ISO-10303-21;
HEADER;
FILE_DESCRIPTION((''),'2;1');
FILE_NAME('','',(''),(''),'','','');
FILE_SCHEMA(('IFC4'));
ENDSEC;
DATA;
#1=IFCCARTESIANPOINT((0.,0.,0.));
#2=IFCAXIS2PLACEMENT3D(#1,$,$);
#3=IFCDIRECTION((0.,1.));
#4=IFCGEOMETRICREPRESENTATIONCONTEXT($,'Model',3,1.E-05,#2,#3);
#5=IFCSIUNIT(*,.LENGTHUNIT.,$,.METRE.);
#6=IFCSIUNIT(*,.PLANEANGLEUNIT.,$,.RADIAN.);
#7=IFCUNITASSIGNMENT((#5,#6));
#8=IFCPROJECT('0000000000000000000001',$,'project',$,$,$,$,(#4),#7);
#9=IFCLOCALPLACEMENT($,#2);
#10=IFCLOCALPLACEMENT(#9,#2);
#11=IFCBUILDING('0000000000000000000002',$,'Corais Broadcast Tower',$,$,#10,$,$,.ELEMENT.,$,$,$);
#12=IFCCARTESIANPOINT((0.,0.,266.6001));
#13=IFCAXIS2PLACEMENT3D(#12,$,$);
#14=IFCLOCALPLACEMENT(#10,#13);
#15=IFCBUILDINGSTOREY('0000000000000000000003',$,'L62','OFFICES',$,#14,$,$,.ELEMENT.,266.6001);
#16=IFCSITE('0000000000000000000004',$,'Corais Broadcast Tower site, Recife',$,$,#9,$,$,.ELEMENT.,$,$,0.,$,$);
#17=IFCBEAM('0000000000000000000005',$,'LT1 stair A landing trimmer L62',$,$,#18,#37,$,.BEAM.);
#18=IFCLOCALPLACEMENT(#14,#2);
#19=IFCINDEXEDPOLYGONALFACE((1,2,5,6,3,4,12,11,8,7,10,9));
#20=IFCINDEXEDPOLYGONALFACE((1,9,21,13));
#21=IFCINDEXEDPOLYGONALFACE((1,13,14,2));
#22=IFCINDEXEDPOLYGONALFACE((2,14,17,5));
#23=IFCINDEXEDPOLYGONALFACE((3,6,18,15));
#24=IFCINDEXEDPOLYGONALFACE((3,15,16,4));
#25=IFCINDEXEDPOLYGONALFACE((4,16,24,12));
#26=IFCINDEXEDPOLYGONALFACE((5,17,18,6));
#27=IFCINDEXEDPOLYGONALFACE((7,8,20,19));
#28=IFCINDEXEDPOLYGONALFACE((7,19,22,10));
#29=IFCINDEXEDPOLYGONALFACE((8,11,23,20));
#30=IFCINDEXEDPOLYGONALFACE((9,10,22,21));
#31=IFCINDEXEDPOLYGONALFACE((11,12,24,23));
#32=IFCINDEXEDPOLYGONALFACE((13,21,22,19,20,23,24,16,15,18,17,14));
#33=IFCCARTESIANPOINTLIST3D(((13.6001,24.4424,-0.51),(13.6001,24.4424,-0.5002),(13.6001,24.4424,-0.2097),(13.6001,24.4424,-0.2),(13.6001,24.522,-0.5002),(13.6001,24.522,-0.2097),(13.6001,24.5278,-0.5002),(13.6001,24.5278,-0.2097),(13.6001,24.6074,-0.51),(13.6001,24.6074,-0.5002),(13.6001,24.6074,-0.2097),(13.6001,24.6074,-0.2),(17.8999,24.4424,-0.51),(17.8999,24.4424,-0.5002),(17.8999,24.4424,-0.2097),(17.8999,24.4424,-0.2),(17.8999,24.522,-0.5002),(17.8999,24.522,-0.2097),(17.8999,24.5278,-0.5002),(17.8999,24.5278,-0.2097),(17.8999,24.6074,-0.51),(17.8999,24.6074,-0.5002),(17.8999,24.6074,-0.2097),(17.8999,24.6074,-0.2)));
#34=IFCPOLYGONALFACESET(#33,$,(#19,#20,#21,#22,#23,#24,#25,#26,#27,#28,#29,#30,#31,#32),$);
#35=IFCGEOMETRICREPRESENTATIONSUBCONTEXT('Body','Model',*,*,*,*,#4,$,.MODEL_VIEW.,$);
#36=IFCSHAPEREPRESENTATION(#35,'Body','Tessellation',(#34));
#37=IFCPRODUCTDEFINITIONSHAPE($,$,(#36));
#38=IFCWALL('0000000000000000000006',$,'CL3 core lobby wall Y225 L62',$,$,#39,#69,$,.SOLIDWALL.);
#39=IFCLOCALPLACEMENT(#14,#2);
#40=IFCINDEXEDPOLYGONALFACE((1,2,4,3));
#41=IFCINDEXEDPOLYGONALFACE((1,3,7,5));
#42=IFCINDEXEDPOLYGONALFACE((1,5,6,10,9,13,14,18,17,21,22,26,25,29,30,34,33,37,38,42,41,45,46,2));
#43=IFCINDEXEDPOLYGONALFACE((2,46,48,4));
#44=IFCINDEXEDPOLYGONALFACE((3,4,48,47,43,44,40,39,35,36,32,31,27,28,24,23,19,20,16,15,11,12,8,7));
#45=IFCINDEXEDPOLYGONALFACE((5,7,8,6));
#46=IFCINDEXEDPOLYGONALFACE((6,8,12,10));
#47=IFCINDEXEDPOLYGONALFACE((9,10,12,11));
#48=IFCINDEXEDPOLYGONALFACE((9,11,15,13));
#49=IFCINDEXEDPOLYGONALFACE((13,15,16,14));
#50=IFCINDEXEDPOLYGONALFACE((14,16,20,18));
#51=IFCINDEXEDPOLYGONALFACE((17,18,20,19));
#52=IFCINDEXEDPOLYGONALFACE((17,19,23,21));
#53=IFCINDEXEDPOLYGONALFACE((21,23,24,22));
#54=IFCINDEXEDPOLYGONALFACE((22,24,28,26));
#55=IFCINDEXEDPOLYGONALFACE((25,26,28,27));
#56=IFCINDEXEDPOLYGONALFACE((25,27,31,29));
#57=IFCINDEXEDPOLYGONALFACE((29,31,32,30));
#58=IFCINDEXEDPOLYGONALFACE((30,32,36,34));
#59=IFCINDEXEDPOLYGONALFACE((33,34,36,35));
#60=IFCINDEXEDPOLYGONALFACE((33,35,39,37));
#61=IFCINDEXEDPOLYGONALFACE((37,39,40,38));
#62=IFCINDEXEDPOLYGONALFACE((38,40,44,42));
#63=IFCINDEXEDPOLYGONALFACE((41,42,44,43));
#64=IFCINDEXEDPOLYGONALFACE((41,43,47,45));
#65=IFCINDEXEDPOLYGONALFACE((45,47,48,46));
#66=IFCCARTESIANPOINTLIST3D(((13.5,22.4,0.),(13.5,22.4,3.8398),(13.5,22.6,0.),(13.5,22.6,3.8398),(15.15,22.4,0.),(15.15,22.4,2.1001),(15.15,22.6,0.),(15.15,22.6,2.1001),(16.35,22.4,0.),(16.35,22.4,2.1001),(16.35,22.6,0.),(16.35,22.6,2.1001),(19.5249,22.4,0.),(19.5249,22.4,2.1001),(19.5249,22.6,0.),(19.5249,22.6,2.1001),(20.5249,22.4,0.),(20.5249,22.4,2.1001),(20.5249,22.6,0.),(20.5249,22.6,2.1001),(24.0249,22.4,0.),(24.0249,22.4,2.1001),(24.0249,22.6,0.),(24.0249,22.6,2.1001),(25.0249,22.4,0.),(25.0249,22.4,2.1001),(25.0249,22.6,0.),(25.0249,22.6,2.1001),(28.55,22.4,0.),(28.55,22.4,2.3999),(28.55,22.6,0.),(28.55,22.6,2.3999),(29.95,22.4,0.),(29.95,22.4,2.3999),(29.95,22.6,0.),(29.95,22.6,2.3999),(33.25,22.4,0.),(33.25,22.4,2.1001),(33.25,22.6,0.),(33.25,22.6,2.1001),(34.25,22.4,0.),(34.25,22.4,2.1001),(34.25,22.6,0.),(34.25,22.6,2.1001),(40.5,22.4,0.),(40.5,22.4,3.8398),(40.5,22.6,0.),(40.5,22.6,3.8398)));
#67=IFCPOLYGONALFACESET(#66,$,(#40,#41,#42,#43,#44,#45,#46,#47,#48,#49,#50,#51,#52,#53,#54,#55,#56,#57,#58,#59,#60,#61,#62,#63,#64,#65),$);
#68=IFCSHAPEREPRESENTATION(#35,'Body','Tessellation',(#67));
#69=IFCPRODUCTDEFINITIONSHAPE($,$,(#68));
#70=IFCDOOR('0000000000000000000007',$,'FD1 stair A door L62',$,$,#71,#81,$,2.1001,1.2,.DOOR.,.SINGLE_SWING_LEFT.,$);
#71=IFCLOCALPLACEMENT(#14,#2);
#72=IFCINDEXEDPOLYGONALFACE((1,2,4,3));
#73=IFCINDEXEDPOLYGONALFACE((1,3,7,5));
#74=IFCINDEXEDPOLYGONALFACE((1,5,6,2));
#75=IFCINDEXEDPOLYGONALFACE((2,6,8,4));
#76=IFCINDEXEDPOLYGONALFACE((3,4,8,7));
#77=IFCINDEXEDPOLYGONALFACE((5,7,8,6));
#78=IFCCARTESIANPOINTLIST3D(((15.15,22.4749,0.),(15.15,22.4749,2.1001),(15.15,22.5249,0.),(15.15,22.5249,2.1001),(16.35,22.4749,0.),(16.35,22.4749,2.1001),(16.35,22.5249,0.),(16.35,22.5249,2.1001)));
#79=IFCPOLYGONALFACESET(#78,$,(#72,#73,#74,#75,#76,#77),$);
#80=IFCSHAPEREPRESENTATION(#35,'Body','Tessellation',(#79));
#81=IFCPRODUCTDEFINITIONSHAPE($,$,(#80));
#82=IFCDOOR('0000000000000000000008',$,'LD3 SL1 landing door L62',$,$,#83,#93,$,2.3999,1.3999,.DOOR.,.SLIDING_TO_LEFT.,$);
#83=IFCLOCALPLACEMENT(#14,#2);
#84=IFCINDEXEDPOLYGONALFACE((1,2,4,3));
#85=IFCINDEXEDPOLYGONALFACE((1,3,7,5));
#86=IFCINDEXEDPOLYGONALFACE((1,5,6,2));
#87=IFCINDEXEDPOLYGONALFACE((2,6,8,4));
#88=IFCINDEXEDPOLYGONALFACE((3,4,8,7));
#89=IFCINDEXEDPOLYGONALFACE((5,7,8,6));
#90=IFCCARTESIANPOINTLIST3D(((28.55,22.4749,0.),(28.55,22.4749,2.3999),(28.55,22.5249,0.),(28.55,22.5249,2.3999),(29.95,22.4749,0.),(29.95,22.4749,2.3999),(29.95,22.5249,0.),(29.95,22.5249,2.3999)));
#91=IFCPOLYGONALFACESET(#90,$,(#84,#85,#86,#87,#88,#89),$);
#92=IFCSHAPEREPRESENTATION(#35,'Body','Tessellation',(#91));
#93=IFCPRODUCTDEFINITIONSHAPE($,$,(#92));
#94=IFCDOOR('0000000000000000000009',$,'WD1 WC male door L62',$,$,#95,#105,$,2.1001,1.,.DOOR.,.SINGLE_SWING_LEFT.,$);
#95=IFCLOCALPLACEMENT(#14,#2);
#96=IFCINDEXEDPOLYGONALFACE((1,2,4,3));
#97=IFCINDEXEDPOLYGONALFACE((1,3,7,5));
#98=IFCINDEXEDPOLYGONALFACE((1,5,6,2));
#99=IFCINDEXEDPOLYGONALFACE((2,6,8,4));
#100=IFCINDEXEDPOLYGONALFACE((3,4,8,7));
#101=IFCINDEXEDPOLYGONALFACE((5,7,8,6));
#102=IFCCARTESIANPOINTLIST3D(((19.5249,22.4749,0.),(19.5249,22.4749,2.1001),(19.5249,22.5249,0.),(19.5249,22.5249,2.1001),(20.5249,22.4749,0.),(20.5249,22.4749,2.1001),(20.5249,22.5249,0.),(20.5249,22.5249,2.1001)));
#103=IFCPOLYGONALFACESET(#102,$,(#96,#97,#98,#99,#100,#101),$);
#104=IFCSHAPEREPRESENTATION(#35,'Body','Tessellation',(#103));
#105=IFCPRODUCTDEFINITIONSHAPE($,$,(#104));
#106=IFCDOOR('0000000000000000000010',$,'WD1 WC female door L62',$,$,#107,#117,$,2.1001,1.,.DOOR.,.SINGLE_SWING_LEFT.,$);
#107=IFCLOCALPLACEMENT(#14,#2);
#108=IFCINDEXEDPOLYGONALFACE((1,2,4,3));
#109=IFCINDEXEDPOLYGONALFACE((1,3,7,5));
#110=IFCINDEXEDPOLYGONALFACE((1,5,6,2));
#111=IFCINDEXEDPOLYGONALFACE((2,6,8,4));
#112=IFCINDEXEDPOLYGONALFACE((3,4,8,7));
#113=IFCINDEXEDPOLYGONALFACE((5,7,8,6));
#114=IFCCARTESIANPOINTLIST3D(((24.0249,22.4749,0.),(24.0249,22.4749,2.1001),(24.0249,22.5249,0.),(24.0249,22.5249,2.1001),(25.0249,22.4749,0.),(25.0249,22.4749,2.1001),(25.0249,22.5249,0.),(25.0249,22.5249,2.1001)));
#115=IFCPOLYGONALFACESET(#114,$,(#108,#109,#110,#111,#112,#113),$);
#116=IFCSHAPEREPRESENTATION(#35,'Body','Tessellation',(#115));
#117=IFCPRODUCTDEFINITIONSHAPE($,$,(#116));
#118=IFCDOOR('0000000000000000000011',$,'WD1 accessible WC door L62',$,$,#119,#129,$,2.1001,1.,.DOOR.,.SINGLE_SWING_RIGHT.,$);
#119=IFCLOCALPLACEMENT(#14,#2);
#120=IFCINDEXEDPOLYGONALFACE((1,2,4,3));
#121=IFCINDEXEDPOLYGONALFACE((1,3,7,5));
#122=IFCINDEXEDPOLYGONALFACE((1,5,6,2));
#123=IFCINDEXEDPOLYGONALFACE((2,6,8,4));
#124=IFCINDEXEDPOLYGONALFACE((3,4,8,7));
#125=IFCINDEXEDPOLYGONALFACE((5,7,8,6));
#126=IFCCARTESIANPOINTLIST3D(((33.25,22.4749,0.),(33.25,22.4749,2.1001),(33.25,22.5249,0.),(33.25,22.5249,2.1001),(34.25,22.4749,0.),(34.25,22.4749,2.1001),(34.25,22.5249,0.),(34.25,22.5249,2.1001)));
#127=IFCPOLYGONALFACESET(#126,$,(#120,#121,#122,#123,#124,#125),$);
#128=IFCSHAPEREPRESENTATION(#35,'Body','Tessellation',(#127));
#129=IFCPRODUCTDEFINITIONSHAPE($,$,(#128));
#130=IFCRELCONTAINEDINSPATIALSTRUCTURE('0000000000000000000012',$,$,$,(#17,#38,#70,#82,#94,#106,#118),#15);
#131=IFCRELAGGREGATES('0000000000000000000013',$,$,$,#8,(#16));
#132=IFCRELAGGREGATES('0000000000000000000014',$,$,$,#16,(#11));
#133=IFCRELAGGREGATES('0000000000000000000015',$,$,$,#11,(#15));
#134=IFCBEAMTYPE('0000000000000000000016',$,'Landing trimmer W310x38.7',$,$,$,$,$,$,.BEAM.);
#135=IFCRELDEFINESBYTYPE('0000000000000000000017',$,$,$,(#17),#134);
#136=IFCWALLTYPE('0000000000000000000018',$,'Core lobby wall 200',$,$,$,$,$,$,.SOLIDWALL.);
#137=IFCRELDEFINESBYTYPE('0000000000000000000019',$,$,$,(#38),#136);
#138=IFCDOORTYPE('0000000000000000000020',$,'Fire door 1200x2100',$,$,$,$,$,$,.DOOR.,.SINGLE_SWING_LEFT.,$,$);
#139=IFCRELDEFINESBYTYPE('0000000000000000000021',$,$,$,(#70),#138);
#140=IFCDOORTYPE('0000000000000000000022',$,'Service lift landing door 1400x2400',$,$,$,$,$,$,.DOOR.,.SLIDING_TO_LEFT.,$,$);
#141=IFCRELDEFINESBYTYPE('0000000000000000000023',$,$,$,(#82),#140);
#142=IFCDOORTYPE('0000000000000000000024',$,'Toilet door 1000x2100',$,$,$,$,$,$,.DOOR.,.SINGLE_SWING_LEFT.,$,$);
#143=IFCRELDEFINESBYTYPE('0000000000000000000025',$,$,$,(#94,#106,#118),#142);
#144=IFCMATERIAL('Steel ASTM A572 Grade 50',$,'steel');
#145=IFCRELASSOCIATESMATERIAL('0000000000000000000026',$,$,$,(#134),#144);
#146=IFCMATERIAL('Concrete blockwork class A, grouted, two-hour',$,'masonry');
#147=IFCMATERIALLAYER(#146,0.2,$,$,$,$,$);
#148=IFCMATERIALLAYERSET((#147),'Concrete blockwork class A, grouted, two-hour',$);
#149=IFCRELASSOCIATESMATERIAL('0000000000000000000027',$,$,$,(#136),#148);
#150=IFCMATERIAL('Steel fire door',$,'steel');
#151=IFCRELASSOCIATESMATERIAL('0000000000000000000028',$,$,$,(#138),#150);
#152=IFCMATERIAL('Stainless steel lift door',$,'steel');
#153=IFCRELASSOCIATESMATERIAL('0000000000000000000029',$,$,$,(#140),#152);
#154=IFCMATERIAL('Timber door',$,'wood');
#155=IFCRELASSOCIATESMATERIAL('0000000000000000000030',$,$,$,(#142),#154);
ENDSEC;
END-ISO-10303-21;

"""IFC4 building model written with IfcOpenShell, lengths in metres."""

from ifc_helpers import new_model, si_unit, direction, frame, frame_2d, origin, origin_2d, place, context, subcontext, project, spatial, rectangle, i_section, extrude, material, layer, layer_set, material_profile, profile_set, type_object, element, fill, save


model = new_model("IFC4")

# Units and contexts
model_context = context("Model", 3, precision=1e-05, world=origin(), true_north=direction((0.0, 1.0)))
body_context = subcontext(model_context, "Body", "Model", "MODEL_VIEW")
ifc_project = project(units=[si_unit("LENGTHUNIT", "METRE"), si_unit("PLANEANGLEUNIT", "RADIAN")], contexts=[model_context])

# Site, building, storey
site_placement = place(None, origin())
site = spatial("IfcSite", under=ifc_project, at=site_placement, Name="Corais Broadcast Tower site, Recife", CompositionType="ELEMENT", RefElevation=0.0)
building_placement = place(site_placement, origin())
building = spatial("IfcBuilding", under=site, at=building_placement, Name="Corais Broadcast Tower", CompositionType="ELEMENT")
storey_placement = place(building_placement, frame((0.0, 0.0, 266.6001)))
storey = spatial("IfcBuildingStorey", under=building, at=storey_placement, Name="L62", Description="OFFICES", CompositionType="ELEMENT", Elevation=266.6001)

# Beam
ifc_material_1 = material(Name="Steel ASTM A572 Grade 50", Category="steel")
ifc_material_profile = material_profile(ifc_material_1, i_section(OverallWidth=0.165, OverallDepth=0.3101, WebThickness=0.0059, FlangeThickness=0.0098, at=origin_2d()), Name="W310x38.7")
ifc_profile_set = profile_set([ifc_material_profile], Name="Steel ASTM A572 Grade 50")
beam_type = type_object("IfcBeamType", Name="Landing trimmer W310x38.7", PredefinedType="BEAM", material=ifc_profile_set)
beam_placement = place(storey_placement, frame((13.6001, 24.5249, -0.355), z_axis=(1.0, 0.0, 0.0), x_axis=(0.0, 1.0, 0.0)))
element("IfcBeam", 1, at=beam_placement, inside=storey, type_object=beam_type, Name="LT1 stair A landing trimmer L62", PredefinedType="BEAM", context=body_context, shape_type="SweptSolid", body=[
    extrude(i_section(OverallWidth=0.165, OverallDepth=0.3101, WebThickness=0.0059, FlangeThickness=0.0098, at=origin_2d()), origin(), (0.0, 0.0, 1.0), 4.2998),
])

# Wall, openings, doors
ifc_material_2 = material(Name="Concrete blockwork class A, grouted, two-hour", Category="masonry")
ifc_layer_1 = layer(ifc_material_2, 0.2)
ifc_layer_set_1 = layer_set([ifc_layer_1], Name="Concrete blockwork class A, grouted, two-hour")
wall_type_1 = type_object("IfcWallType", Name="Core lobby wall 200", PredefinedType="SOLIDWALL", material=ifc_layer_set_1)
wall_1_placement = place(storey_placement, frame((13.5, 22.5, 0.0), z_axis=(0.0, 0.0, 1.0), x_axis=(1.0, 0.0, 0.0)))
wall_1 = element("IfcWall", 2, at=wall_1_placement, inside=storey, type_object=wall_type_1, Name="CL3 core lobby wall Y225 L62", PredefinedType="SOLIDWALL", context=body_context, shape_type="SweptSolid", body=[
    extrude(rectangle(XDim=27.0, YDim=0.2, at=frame_2d((13.5, 0.0))), origin(), (0.0, 0.0, 1.0), 3.8398),
])
opening_1_placement = place(wall_1_placement, frame((1.6499, 0.0, 0.0)))
opening_1 = element("IfcOpeningElement", 3, at=opening_1_placement, cuts=wall_1, PredefinedType="OPENING", context=body_context, shape_type="SweptSolid", body=[
    extrude(rectangle(XDim=1.2, YDim=2.1001, at=frame_2d((0.6001, 1.05))), frame((0.0, 0.1099, 0.0), z_axis=(0.0, -1.0, 0.0), x_axis=(1.0, 0.0, 0.0)), (0.0, 0.0, 1.0), 0.22),
])
opening_2_placement = place(wall_1_placement, frame((6.0249, 0.0, 0.0)))
opening_2 = element("IfcOpeningElement", 4, at=opening_2_placement, cuts=wall_1, PredefinedType="OPENING", context=body_context, shape_type="SweptSolid", body=[
    extrude(rectangle(XDim=1.0, YDim=2.1001, at=frame_2d((0.5, 1.05))), frame((0.0, 0.1099, 0.0), z_axis=(0.0, -1.0, 0.0), x_axis=(1.0, 0.0, 0.0)), (0.0, 0.0, 1.0), 0.22),
])
opening_3_placement = place(wall_1_placement, frame((10.5249, 0.0, 0.0)))
opening_3 = element("IfcOpeningElement", 5, at=opening_3_placement, cuts=wall_1, PredefinedType="OPENING", context=body_context, shape_type="SweptSolid", body=[
    extrude(rectangle(XDim=1.0, YDim=2.1001, at=frame_2d((0.5, 1.05))), frame((0.0, 0.1099, 0.0), z_axis=(0.0, -1.0, 0.0), x_axis=(1.0, 0.0, 0.0)), (0.0, 0.0, 1.0), 0.22),
])
opening_4_placement = place(wall_1_placement, frame((19.75, 0.0, 0.0)))
opening_4 = element("IfcOpeningElement", 6, at=opening_4_placement, cuts=wall_1, PredefinedType="OPENING", context=body_context, shape_type="SweptSolid", body=[
    extrude(rectangle(XDim=1.0, YDim=2.1001, at=frame_2d((0.5, 1.05))), frame((0.0, 0.1099, 0.0), z_axis=(0.0, -1.0, 0.0), x_axis=(1.0, 0.0, 0.0)), (0.0, 0.0, 1.0), 0.22),
])
opening_5_placement = place(wall_1_placement, frame((15.05, 0.0, 0.0)))
opening_5 = element("IfcOpeningElement", 7, at=opening_5_placement, cuts=wall_1, PredefinedType="OPENING", context=body_context, shape_type="SweptSolid", body=[
    extrude(rectangle(XDim=1.3999, YDim=2.3999, at=frame_2d((0.7, 1.2))), frame((0.0, 0.1099, 0.0), z_axis=(0.0, -1.0, 0.0), x_axis=(1.0, 0.0, 0.0)), (0.0, 0.0, 1.0), 0.22),
])
ifc_material_3 = material(Name="Steel fire door", Category="steel")
door_type_1 = type_object("IfcDoorType", Name="Fire door 1200x2100", OperationType="SINGLE_SWING_LEFT", PredefinedType="DOOR", material=ifc_material_3)
door_1_placement = place(opening_1_placement, origin())
door_1 = element("IfcDoor", 8, at=door_1_placement, inside=storey, type_object=door_type_1, Name="FD1 stair A door L62", OperationType="SINGLE_SWING_LEFT", OverallHeight=2.1001, OverallWidth=1.2, PredefinedType="DOOR", context=body_context, shape_type="SweptSolid", body=[
    extrude(rectangle(XDim=1.2, YDim=2.1001, at=frame_2d((0.6001, 1.05))), frame((0.0, 0.0249, 0.0), z_axis=(0.0, -1.0, 0.0), x_axis=(1.0, 0.0, 0.0)), (0.0, 0.0, 1.0), 0.05),
])
fill(opening_1, door_1)
ifc_material_4 = material(Name="Stainless steel lift door", Category="steel")
door_type_2 = type_object("IfcDoorType", Name="Service lift landing door 1400x2400", OperationType="SLIDING_TO_LEFT", PredefinedType="DOOR", material=ifc_material_4)
door_2_placement = place(opening_5_placement, origin())
door_2 = element("IfcDoor", 9, at=door_2_placement, inside=storey, type_object=door_type_2, Name="LD3 SL1 landing door L62", OperationType="SLIDING_TO_LEFT", OverallHeight=2.3999, OverallWidth=1.3999, PredefinedType="DOOR", context=body_context, shape_type="SweptSolid", body=[
    extrude(rectangle(XDim=1.3999, YDim=2.3999, at=frame_2d((0.7, 1.2))), frame((0.0, 0.0249, 0.0), z_axis=(0.0, -1.0, 0.0), x_axis=(1.0, 0.0, 0.0)), (0.0, 0.0, 1.0), 0.05),
])
fill(opening_5, door_2)
ifc_material_5 = material(Name="Timber door", Category="wood")
door_type_3 = type_object("IfcDoorType", Name="Toilet door 1000x2100", OperationType="SINGLE_SWING_LEFT", PredefinedType="DOOR", material=ifc_material_5)
door_3_placement = place(opening_2_placement, origin())
door_3 = element("IfcDoor", 10, at=door_3_placement, inside=storey, type_object=door_type_3, Name="WD1 WC male door L62", OperationType="SINGLE_SWING_LEFT", OverallHeight=2.1001, OverallWidth=1.0, PredefinedType="DOOR", context=body_context, shape_type="SweptSolid", body=[
    extrude(rectangle(XDim=1.0, YDim=2.1001, at=frame_2d((0.5, 1.05))), frame((0.0, 0.0249, 0.0), z_axis=(0.0, -1.0, 0.0), x_axis=(1.0, 0.0, 0.0)), (0.0, 0.0, 1.0), 0.05),
])
fill(opening_2, door_3)
door_4_placement = place(opening_3_placement, origin())
door_4 = element("IfcDoor", 11, at=door_4_placement, inside=storey, type_object=door_type_3, Name="WD1 WC female door L62", OperationType="SINGLE_SWING_LEFT", OverallHeight=2.1001, OverallWidth=1.0, PredefinedType="DOOR", context=body_context, shape_type="SweptSolid", body=[
    extrude(rectangle(XDim=1.0, YDim=2.1001, at=frame_2d((0.5, 1.05))), frame((0.0, 0.0249, 0.0), z_axis=(0.0, -1.0, 0.0), x_axis=(1.0, 0.0, 0.0)), (0.0, 0.0, 1.0), 0.05),
])
fill(opening_3, door_4)
door_5_placement = place(opening_4_placement, origin())
door_5 = element("IfcDoor", 12, at=door_5_placement, inside=storey, type_object=door_type_3, Name="WD1 accessible WC door L62", OperationType="SINGLE_SWING_RIGHT", OverallHeight=2.1001, OverallWidth=1.0, PredefinedType="DOOR", context=body_context, shape_type="SweptSolid", body=[
    extrude(rectangle(XDim=1.0, YDim=2.1001, at=frame_2d((0.5, 1.05))), frame((0.0, 0.0249, 0.0), z_axis=(0.0, -1.0, 0.0), x_axis=(1.0, 0.0, 0.0)), (0.0, 0.0, 1.0), 0.05),
])
fill(opening_4, door_5)

save(model, "model.ifc")
